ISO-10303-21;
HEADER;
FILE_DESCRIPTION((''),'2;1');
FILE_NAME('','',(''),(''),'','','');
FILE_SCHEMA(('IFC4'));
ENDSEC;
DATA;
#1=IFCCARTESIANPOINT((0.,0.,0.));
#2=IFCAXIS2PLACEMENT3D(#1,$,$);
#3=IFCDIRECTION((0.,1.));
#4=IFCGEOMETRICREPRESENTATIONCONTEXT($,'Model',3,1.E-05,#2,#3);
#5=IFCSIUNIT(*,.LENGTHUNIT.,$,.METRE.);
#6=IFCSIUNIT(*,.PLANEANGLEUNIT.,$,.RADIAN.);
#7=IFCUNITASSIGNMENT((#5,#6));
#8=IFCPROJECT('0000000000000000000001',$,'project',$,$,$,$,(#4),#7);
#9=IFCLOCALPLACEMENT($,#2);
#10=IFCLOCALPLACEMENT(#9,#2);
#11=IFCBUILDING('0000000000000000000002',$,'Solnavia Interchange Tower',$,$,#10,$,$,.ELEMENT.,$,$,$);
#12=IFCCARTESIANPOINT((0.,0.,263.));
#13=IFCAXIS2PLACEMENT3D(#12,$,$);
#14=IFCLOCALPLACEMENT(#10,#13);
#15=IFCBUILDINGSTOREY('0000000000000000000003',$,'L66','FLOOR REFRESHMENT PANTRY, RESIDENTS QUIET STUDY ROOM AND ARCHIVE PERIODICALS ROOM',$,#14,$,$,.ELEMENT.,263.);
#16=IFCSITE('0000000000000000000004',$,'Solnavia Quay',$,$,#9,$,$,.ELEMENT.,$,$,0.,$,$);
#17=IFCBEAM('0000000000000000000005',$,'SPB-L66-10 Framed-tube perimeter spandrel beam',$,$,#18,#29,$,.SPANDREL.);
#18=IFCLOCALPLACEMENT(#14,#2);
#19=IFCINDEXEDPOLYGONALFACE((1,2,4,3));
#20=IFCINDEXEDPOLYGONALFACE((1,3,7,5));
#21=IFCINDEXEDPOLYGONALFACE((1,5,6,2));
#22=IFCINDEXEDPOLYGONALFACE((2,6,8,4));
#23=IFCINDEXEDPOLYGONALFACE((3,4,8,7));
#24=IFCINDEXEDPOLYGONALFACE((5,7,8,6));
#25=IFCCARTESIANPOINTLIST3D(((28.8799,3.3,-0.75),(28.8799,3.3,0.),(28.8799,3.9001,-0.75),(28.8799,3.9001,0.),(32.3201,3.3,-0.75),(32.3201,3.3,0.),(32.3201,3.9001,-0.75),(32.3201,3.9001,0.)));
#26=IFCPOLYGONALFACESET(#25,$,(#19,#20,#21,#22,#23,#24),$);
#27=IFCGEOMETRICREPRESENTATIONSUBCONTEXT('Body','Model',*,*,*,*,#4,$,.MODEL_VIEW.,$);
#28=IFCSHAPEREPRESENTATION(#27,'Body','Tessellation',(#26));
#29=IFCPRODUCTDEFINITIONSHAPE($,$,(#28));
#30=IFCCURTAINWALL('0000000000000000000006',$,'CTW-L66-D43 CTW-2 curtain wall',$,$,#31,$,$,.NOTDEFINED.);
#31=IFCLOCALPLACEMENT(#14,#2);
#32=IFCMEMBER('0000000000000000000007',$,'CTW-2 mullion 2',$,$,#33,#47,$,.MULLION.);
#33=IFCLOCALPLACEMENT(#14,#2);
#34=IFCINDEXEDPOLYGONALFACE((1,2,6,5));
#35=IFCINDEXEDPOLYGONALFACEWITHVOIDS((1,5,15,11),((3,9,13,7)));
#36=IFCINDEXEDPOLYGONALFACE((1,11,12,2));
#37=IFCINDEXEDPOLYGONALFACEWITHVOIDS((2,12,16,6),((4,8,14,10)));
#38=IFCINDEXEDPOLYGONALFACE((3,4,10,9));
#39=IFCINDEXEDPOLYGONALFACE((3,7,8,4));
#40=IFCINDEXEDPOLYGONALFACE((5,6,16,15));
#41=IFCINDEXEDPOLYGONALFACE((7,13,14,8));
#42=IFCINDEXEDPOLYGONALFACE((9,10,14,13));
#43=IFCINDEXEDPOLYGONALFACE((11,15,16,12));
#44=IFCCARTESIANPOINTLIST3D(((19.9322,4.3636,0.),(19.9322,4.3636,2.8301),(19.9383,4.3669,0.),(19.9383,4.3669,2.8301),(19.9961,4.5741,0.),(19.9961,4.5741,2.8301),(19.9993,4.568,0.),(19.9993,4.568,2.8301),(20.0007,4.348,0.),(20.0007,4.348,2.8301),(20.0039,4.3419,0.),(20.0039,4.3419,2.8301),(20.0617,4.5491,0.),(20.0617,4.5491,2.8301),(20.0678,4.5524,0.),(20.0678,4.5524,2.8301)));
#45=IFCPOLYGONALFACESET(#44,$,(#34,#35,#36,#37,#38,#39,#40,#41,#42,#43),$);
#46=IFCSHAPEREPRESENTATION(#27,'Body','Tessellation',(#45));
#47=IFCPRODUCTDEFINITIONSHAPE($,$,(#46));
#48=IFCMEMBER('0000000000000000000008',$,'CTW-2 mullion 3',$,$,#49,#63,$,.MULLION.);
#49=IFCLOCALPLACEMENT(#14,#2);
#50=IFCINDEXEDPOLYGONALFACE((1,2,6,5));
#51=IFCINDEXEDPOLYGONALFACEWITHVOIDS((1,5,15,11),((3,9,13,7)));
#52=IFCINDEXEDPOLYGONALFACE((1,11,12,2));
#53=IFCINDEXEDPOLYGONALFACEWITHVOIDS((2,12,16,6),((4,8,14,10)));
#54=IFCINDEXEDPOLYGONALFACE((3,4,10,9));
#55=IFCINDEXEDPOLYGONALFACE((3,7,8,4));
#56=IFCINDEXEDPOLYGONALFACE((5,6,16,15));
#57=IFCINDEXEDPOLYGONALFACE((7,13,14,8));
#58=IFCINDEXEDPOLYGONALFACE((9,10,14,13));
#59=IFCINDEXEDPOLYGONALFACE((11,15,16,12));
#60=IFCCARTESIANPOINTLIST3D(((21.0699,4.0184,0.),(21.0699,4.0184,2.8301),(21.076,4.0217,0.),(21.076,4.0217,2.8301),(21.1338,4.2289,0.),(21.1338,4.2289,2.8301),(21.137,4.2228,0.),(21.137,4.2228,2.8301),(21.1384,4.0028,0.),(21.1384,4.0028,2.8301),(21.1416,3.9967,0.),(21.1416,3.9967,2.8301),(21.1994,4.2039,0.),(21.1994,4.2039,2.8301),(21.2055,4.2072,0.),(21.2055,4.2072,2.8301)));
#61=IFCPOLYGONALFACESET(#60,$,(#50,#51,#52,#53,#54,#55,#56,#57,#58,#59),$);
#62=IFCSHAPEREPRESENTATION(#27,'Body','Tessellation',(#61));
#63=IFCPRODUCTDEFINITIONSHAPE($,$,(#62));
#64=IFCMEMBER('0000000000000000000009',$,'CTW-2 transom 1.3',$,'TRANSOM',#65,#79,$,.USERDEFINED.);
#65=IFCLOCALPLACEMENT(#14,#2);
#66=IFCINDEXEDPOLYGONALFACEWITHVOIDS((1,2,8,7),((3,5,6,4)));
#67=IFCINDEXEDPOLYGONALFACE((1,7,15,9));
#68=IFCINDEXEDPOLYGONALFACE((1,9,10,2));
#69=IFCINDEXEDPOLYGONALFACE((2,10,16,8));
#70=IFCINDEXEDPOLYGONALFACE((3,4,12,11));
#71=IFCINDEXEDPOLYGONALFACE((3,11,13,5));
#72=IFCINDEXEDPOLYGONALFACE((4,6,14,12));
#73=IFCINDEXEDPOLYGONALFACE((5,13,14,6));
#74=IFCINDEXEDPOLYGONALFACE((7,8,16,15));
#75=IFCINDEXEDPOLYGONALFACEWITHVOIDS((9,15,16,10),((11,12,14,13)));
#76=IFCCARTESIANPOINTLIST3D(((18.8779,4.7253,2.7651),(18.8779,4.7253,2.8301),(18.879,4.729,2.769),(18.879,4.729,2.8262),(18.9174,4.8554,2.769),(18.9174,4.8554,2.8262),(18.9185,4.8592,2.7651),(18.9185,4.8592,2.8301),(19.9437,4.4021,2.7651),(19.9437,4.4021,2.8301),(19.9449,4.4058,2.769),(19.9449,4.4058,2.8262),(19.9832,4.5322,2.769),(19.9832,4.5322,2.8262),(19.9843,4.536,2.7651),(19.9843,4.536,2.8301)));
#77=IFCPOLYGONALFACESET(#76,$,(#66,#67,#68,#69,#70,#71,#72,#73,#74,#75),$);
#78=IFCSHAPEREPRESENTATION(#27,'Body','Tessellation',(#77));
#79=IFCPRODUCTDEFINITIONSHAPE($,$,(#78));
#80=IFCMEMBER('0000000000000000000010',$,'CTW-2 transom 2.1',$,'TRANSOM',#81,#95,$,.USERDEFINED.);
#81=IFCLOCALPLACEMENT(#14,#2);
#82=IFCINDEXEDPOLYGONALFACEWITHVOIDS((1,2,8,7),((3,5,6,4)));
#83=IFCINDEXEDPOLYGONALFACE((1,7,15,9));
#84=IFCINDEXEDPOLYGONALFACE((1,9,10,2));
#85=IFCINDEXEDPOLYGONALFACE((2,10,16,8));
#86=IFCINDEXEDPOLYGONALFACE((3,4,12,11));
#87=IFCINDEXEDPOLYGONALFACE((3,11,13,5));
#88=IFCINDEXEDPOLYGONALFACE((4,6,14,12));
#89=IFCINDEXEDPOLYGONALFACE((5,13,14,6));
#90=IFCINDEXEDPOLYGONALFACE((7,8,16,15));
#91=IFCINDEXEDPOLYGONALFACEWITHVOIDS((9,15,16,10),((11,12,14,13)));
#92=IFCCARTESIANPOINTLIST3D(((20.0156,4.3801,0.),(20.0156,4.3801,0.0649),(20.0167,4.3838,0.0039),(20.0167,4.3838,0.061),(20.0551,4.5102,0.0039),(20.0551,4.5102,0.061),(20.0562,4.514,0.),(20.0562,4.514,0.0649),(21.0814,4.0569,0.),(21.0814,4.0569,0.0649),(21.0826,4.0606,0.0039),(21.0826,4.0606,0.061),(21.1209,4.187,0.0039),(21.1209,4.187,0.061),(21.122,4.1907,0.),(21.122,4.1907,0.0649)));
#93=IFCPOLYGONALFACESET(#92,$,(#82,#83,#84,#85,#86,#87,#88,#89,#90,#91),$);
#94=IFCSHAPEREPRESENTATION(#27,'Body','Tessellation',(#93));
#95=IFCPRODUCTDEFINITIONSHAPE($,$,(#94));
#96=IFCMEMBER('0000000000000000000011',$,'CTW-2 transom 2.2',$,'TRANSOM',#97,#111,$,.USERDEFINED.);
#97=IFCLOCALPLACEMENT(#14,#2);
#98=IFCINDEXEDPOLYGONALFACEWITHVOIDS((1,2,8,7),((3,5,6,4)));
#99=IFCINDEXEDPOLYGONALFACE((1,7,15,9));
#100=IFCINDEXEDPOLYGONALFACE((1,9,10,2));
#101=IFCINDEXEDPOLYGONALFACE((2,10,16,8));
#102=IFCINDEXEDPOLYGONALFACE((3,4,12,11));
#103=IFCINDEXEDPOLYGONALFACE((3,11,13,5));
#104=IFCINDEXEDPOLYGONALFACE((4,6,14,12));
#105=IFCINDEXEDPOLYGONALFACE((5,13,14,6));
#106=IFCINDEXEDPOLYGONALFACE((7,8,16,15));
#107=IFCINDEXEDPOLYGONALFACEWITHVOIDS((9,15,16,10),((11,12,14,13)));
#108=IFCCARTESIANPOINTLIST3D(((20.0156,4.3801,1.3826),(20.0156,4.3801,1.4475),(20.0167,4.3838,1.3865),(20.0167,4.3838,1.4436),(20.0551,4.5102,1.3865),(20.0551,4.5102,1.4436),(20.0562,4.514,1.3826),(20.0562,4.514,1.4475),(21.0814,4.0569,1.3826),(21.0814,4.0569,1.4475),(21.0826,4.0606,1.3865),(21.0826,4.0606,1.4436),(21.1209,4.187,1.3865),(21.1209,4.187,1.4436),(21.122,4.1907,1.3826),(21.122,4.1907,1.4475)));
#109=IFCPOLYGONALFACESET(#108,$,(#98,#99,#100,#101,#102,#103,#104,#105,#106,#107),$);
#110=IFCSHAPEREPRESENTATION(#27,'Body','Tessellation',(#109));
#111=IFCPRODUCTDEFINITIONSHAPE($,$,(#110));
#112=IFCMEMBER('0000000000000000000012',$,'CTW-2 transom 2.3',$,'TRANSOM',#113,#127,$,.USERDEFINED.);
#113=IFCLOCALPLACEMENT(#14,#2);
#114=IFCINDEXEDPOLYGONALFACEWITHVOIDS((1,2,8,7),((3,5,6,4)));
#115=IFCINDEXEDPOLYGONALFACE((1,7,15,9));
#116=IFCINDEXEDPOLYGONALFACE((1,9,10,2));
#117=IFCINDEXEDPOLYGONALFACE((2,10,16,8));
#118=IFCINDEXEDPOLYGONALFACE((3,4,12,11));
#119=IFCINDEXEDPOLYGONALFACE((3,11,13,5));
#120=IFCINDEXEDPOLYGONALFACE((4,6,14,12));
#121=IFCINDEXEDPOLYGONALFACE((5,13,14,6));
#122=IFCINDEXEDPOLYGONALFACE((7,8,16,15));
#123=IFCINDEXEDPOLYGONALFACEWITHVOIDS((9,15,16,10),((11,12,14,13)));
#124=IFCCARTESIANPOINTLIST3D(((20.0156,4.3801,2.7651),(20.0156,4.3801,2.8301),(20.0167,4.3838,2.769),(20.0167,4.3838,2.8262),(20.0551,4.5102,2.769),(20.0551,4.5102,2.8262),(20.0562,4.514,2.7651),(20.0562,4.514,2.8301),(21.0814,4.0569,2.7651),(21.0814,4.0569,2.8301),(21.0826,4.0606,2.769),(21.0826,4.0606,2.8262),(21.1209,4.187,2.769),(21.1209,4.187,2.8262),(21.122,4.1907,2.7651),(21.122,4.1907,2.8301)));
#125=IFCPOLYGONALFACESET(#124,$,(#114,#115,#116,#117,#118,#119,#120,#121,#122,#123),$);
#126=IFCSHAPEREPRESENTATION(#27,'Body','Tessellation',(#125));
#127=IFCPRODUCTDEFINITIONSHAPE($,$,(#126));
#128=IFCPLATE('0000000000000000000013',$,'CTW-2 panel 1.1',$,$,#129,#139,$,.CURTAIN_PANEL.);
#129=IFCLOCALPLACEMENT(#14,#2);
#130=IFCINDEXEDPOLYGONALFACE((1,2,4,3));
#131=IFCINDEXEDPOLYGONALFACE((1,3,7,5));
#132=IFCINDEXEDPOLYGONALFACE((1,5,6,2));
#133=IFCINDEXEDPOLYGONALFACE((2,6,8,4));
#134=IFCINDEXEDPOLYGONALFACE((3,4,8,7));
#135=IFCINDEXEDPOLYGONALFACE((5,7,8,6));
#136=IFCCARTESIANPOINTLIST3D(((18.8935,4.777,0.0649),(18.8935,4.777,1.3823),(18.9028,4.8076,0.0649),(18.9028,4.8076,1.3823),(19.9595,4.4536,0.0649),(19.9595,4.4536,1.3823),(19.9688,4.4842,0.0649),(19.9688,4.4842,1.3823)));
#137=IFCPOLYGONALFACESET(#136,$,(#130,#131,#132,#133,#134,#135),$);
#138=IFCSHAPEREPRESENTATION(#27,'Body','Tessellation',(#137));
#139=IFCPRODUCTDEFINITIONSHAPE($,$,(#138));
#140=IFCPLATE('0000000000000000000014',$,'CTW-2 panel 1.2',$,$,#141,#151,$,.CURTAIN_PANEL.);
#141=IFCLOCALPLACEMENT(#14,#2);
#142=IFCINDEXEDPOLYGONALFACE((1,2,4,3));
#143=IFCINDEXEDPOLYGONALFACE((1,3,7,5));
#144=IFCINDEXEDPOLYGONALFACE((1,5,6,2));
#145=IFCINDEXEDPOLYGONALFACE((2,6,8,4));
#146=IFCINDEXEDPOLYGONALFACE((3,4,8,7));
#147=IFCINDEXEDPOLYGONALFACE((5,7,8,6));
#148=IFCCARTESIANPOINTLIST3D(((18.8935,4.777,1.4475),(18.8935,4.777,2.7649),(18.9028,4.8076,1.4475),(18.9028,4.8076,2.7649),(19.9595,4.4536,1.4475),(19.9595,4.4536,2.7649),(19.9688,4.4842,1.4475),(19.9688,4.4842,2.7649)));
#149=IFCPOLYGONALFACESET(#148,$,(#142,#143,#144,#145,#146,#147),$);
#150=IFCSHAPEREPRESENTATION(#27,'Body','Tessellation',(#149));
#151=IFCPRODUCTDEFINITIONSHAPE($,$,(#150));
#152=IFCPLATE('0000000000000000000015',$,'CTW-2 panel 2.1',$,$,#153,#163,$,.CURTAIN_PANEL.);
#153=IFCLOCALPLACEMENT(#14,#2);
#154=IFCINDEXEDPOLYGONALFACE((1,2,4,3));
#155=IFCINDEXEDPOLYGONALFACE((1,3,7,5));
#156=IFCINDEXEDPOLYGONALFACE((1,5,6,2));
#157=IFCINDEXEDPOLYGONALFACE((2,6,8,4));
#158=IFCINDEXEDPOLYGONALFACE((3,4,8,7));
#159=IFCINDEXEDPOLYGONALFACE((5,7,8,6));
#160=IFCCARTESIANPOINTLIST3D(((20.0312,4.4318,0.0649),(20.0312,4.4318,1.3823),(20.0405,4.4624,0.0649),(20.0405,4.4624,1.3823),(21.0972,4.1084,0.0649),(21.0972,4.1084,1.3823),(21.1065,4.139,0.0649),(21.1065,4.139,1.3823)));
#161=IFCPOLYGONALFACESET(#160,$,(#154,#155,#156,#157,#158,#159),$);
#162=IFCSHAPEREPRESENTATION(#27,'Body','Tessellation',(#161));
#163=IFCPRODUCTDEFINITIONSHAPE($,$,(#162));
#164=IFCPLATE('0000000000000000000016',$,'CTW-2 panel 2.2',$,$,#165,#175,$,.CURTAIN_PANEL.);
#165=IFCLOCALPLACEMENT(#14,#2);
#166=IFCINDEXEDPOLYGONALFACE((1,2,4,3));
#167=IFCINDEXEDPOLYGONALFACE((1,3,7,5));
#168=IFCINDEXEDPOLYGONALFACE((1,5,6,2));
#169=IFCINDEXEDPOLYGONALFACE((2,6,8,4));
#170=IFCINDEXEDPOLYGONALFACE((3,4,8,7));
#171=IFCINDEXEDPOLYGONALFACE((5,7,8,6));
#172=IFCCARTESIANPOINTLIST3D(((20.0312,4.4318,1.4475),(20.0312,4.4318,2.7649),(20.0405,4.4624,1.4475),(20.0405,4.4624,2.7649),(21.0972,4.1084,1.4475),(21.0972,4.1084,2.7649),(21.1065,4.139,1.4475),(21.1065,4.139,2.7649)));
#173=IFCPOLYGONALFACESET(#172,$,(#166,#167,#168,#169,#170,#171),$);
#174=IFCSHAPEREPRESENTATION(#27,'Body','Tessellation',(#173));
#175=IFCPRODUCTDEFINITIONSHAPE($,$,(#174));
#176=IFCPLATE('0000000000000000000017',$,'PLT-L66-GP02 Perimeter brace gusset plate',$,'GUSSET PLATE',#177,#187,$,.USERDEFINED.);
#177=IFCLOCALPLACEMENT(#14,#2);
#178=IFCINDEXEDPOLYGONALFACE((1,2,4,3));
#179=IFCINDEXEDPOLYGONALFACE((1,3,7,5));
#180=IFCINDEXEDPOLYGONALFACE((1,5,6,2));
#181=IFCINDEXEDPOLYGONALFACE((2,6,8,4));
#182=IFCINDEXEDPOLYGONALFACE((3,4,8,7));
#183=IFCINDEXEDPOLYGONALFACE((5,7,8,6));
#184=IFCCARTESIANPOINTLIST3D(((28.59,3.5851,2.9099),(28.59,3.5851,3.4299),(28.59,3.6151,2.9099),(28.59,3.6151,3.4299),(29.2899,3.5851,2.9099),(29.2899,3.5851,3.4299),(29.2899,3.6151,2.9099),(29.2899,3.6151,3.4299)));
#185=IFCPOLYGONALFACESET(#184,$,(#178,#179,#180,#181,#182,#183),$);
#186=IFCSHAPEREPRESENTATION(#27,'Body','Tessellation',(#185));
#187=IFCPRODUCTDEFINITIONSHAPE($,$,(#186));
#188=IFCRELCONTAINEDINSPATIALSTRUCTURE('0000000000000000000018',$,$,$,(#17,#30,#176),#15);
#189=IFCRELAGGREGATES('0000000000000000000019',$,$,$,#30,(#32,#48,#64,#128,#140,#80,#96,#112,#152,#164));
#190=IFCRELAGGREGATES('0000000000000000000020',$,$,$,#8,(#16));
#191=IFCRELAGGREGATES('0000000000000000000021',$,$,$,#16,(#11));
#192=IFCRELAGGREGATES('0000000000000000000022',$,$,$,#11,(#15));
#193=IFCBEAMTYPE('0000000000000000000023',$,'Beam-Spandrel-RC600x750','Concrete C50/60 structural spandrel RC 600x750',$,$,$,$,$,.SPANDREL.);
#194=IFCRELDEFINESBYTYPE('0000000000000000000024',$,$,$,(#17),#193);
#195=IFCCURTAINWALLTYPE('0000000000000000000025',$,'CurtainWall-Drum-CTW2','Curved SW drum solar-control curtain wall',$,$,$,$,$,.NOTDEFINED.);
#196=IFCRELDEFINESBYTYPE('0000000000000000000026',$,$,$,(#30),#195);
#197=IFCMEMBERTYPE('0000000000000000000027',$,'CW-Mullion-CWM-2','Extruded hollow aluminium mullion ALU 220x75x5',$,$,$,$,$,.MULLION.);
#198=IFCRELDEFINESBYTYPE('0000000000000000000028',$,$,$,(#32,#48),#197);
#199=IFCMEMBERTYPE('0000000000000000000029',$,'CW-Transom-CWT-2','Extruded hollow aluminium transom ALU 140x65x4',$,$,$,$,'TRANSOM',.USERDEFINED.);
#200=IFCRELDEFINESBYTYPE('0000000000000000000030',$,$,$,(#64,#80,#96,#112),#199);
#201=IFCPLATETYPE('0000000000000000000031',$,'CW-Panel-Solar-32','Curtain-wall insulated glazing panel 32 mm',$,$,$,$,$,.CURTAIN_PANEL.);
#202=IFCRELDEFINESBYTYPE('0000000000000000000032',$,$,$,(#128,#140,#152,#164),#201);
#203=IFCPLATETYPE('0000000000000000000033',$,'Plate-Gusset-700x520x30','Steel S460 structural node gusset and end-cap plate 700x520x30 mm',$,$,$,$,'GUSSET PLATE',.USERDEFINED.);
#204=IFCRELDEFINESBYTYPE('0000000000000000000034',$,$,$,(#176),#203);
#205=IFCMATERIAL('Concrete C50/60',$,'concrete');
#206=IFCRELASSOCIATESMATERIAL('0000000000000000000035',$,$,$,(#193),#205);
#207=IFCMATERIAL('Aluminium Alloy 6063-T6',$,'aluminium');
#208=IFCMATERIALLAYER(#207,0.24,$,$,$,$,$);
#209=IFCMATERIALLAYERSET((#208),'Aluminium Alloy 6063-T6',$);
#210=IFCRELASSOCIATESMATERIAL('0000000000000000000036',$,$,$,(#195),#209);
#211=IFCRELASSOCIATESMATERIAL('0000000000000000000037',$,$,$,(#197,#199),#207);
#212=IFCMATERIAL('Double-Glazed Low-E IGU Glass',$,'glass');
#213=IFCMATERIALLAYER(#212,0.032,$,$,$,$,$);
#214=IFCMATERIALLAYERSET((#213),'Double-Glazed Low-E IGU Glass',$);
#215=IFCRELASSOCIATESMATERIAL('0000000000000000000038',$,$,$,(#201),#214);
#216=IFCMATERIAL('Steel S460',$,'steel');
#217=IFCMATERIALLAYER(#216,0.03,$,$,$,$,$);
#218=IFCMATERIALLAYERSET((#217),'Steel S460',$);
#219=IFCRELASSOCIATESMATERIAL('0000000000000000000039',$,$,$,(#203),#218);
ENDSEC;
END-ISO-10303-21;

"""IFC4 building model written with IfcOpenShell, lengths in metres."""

from ifc_helpers import new_model, si_unit, direction, frame, origin, origin_2d, place, context, subcontext, project, spatial, rectangle, hollow_rectangle, extrude, material, layer, layer_set, material_profile, profile_set, type_object, element, aggregate, save


model = new_model("IFC4")

# Units and contexts
model_context = context("Model", 3, precision=1e-05, world=origin(), true_north=direction((0.0, 1.0)))
body_context = subcontext(model_context, "Body", "Model", "MODEL_VIEW")
ifc_project = project(units=[si_unit("LENGTHUNIT", "METRE"), si_unit("PLANEANGLEUNIT", "RADIAN")], contexts=[model_context])

# Site, building, storey
site_placement = place(None, origin())
site = spatial("IfcSite", under=ifc_project, at=site_placement, Name="Solnavia Quay", CompositionType="ELEMENT", RefElevation=0.0)
building_placement = place(site_placement, origin())
building = spatial("IfcBuilding", under=site, at=building_placement, Name="Solnavia Interchange Tower", CompositionType="ELEMENT")
storey_placement = place(building_placement, frame((0.0, 0.0, 263.0)))
storey = spatial("IfcBuildingStorey", under=building, at=storey_placement, Name="L66", Description="FLOOR REFRESHMENT PANTRY, RESIDENTS QUIET STUDY ROOM AND ARCHIVE PERIODICALS ROOM", CompositionType="ELEMENT", Elevation=263.0)

# Shared definitions
ifc_material_1 = material(Name="Concrete C50/60", Category="concrete")

# Beam
ifc_material_profile_1 = material_profile(ifc_material_1, rectangle(XDim=0.6001, YDim=0.75, at=origin_2d()), Name="RC 600x750")
ifc_profile_set_1 = profile_set([ifc_material_profile_1], Name="Concrete C50/60")
beam_type_1 = type_object("IfcBeamType", Name="Beam-Spandrel-RC600x750", Description="Concrete C50/60 structural spandrel RC 600x750", PredefinedType="SPANDREL", material=ifc_profile_set_1)
beam_1_placement = place(storey_placement, frame((28.8799, 3.6001, -0.375), z_axis=(1.0, 0.0, 0.0), x_axis=(0.0, 1.0, 0.0)))
element("IfcBeam", 1, at=beam_1_placement, inside=storey, type_object=beam_type_1, Name="SPB-L66-10 Framed-tube perimeter spandrel beam", PredefinedType="SPANDREL", context=body_context, shape_type="SweptSolid", body=[
    extrude(rectangle(XDim=0.6001, YDim=0.75, at=origin_2d()), origin(), (0.0, 0.0, 1.0), 3.4402),
])

# Curtain wall, members, plates
ifc_material_2 = material(Name="Aluminium Alloy 6063-T6", Category="aluminium")
ifc_layer_1 = layer(ifc_material_2, 0.24)
ifc_layer_set_1 = layer_set([ifc_layer_1], Name="Aluminium Alloy 6063-T6")
curtain_wall_type = type_object("IfcCurtainWallType", Name="CurtainWall-Drum-CTW2", Description="Curved SW drum solar-control curtain wall", PredefinedType="NOTDEFINED", material=ifc_layer_set_1)
curtain_wall_placement = place(storey_placement, origin())
curtain_wall = element("IfcCurtainWall", 2, at=curtain_wall_placement, inside=storey, type_object=curtain_wall_type, Name="CTW-L66-D43 CTW-2 curtain wall", PredefinedType="NOTDEFINED")
ifc_material_profile_2 = material_profile(ifc_material_2, hollow_rectangle(XDim=0.075, YDim=0.22, WallThickness=0.0049, at=origin_2d()), Name="ALU 220x75x5")
ifc_profile_set_2 = profile_set([ifc_material_profile_2], Name="Aluminium Alloy 6063-T6")
member_type_1 = type_object("IfcMemberType", Name="CW-Mullion-CWM-2", Description="Extruded hollow aluminium mullion ALU 220x75x5", PredefinedType="MULLION", material=ifc_profile_set_2)
member_1_placement = place(storey_placement, frame((20.0, 4.458, 0.0), z_axis=(0.0, 0.0, 1.0), x_axis=(0.956942, -0.290279, 0.0)))
member_1 = element("IfcMember", 3, at=member_1_placement, type_object=member_type_1, Name="CTW-2 mullion 2", PredefinedType="MULLION", context=body_context, shape_type="SweptSolid", body=[
    extrude(hollow_rectangle(XDim=0.075, YDim=0.22, WallThickness=0.0049, at=origin_2d()), origin(), (0.0, 0.0, 1.0), 2.8301),
])
member_2_placement = place(storey_placement, frame((21.1377, 4.1128, 0.0), z_axis=(0.0, 0.0, 1.0), x_axis=(0.956942, -0.290279, 0.0)))
member_2 = element("IfcMember", 4, at=member_2_placement, type_object=member_type_1, Name="CTW-2 mullion 3", PredefinedType="MULLION", context=body_context, shape_type="SweptSolid", body=[
    extrude(hollow_rectangle(XDim=0.075, YDim=0.22, WallThickness=0.0049, at=origin_2d()), origin(), (0.0, 0.0, 1.0), 2.8301),
])
ifc_material_profile_3 = material_profile(ifc_material_2, hollow_rectangle(XDim=0.0649, YDim=0.1399, WallThickness=0.0039, at=origin_2d()), Name="ALU 140x65x4")
ifc_profile_set_3 = profile_set([ifc_material_profile_3], Name="Aluminium Alloy 6063-T6")
member_type_2 = type_object("IfcMemberType", Name="CW-Transom-CWT-2", Description="Extruded hollow aluminium transom ALU 140x65x4", ElementType="TRANSOM", PredefinedType="USERDEFINED", material=ifc_profile_set_3)
member_3_placement = place(storey_placement, frame((18.8982, 4.7922, 2.7976), z_axis=(0.956965, -0.290202, 0.0), x_axis=(0.0, 0.0, 1.0)))
member_3 = element("IfcMember", 5, at=member_3_placement, type_object=member_type_2, Name="CTW-2 transom 1.3", ObjectType="TRANSOM", PredefinedType="USERDEFINED", context=body_context, shape_type="SweptSolid", body=[
    extrude(hollow_rectangle(XDim=0.0649, YDim=0.1399, WallThickness=0.0039, at=origin_2d()), origin(), (0.0, 0.0, 1.0), 1.1138),
])
member_4_placement = place(storey_placement, frame((20.0359, 4.447, 0.0325), z_axis=(0.956965, -0.290202, 0.0), x_axis=(0.0, 0.0, 1.0)))
member_4 = element("IfcMember", 6, at=member_4_placement, type_object=member_type_2, Name="CTW-2 transom 2.1", ObjectType="TRANSOM", PredefinedType="USERDEFINED", context=body_context, shape_type="SweptSolid", body=[
    extrude(hollow_rectangle(XDim=0.0649, YDim=0.1399, WallThickness=0.0039, at=origin_2d()), origin(), (0.0, 0.0, 1.0), 1.1138),
])
member_5_placement = place(storey_placement, frame((20.0359, 4.447, 1.415), z_axis=(0.956965, -0.290202, 0.0), x_axis=(0.0, 0.0, 1.0)))
member_5 = element("IfcMember", 7, at=member_5_placement, type_object=member_type_2, Name="CTW-2 transom 2.2", ObjectType="TRANSOM", PredefinedType="USERDEFINED", context=body_context, shape_type="SweptSolid", body=[
    extrude(hollow_rectangle(XDim=0.0649, YDim=0.1399, WallThickness=0.0039, at=origin_2d()), origin(), (0.0, 0.0, 1.0), 1.1138),
])
member_6_placement = place(storey_placement, frame((20.0359, 4.447, 2.7976), z_axis=(0.956965, -0.290202, 0.0), x_axis=(0.0, 0.0, 1.0)))
member_6 = element("IfcMember", 8, at=member_6_placement, type_object=member_type_2, Name="CTW-2 transom 2.3", ObjectType="TRANSOM", PredefinedType="USERDEFINED", context=body_context, shape_type="SweptSolid", body=[
    extrude(hollow_rectangle(XDim=0.0649, YDim=0.1399, WallThickness=0.0039, at=origin_2d()), origin(), (0.0, 0.0, 1.0), 1.1138),
])
ifc_material_3 = material(Name="Double-Glazed Low-E IGU Glass", Category="glass")
ifc_layer_2 = layer(ifc_material_3, 0.032)
ifc_layer_set_2 = layer_set([ifc_layer_2], Name="Double-Glazed Low-E IGU Glass")
plate_type_1 = type_object("IfcPlateType", Name="CW-Panel-Solar-32", Description="Curtain-wall insulated glazing panel 32 mm", PredefinedType="CURTAIN_PANEL", material=ifc_layer_set_2)
plate_1_placement = place(storey_placement, frame((19.4312, 4.6306, 0.0649), z_axis=(0.0, 0.0, 1.0), x_axis=(0.956942, -0.290279, 0.0)))
plate_1 = element("IfcPlate", 9, at=plate_1_placement, type_object=plate_type_1, Name="CTW-2 panel 1.1", PredefinedType="CURTAIN_PANEL", context=body_context, shape_type="SweptSolid", body=[
    extrude(rectangle(XDim=1.114, YDim=0.032, at=origin_2d()), origin(), (0.0, 0.0, 1.0), 1.3174),
])
plate_2_placement = place(storey_placement, frame((19.4312, 4.6306, 1.4475), z_axis=(0.0, 0.0, 1.0), x_axis=(0.956942, -0.290279, 0.0)))
plate_2 = element("IfcPlate", 10, at=plate_2_placement, type_object=plate_type_1, Name="CTW-2 panel 1.2", PredefinedType="CURTAIN_PANEL", context=body_context, shape_type="SweptSolid", body=[
    extrude(rectangle(XDim=1.114, YDim=0.032, at=origin_2d()), origin(), (0.0, 0.0, 1.0), 1.3174),
])
plate_3_placement = place(storey_placement, frame((20.5688, 4.2854, 0.0649), z_axis=(0.0, 0.0, 1.0), x_axis=(0.956942, -0.290279, 0.0)))
plate_3 = element("IfcPlate", 11, at=plate_3_placement, type_object=plate_type_1, Name="CTW-2 panel 2.1", PredefinedType="CURTAIN_PANEL", context=body_context, shape_type="SweptSolid", body=[
    extrude(rectangle(XDim=1.114, YDim=0.032, at=origin_2d()), origin(), (0.0, 0.0, 1.0), 1.3174),
])
plate_4_placement = place(storey_placement, frame((20.5688, 4.2854, 1.4475), z_axis=(0.0, 0.0, 1.0), x_axis=(0.956942, -0.290279, 0.0)))
plate_4 = element("IfcPlate", 12, at=plate_4_placement, type_object=plate_type_1, Name="CTW-2 panel 2.2", PredefinedType="CURTAIN_PANEL", context=body_context, shape_type="SweptSolid", body=[
    extrude(rectangle(XDim=1.114, YDim=0.032, at=origin_2d()), origin(), (0.0, 0.0, 1.0), 1.3174),
])
aggregate(curtain_wall, [member_1, member_2, member_3, plate_1, plate_2, member_4, member_5, member_6, plate_3, plate_4])

# Plate
ifc_material_4 = material(Name="Steel S460", Category="steel")
ifc_layer_3 = layer(ifc_material_4, 0.03)
ifc_layer_set_3 = layer_set([ifc_layer_3], Name="Steel S460")
plate_type_2 = type_object("IfcPlateType", Name="Plate-Gusset-700x520x30", Description="Steel S460 structural node gusset and end-cap plate 700x520x30 mm", ElementType="GUSSET PLATE", PredefinedType="USERDEFINED", material=ifc_layer_set_3)
plate_5_placement = place(storey_placement, frame((28.9399, 3.6001, 2.9099), z_axis=(0.0, 0.0, 1.0), x_axis=(-1.0, 0.0, 0.0)))
element("IfcPlate", 13, at=plate_5_placement, inside=storey, type_object=plate_type_2, Name="PLT-L66-GP02 Perimeter brace gusset plate", ObjectType="GUSSET PLATE", PredefinedType="USERDEFINED", context=body_context, shape_type="SweptSolid", body=[
    extrude(rectangle(XDim=0.7, YDim=0.03, at=origin_2d()), origin(), (0.0, 0.0, 1.0), 0.52),
])

save(model, "model.ifc")
